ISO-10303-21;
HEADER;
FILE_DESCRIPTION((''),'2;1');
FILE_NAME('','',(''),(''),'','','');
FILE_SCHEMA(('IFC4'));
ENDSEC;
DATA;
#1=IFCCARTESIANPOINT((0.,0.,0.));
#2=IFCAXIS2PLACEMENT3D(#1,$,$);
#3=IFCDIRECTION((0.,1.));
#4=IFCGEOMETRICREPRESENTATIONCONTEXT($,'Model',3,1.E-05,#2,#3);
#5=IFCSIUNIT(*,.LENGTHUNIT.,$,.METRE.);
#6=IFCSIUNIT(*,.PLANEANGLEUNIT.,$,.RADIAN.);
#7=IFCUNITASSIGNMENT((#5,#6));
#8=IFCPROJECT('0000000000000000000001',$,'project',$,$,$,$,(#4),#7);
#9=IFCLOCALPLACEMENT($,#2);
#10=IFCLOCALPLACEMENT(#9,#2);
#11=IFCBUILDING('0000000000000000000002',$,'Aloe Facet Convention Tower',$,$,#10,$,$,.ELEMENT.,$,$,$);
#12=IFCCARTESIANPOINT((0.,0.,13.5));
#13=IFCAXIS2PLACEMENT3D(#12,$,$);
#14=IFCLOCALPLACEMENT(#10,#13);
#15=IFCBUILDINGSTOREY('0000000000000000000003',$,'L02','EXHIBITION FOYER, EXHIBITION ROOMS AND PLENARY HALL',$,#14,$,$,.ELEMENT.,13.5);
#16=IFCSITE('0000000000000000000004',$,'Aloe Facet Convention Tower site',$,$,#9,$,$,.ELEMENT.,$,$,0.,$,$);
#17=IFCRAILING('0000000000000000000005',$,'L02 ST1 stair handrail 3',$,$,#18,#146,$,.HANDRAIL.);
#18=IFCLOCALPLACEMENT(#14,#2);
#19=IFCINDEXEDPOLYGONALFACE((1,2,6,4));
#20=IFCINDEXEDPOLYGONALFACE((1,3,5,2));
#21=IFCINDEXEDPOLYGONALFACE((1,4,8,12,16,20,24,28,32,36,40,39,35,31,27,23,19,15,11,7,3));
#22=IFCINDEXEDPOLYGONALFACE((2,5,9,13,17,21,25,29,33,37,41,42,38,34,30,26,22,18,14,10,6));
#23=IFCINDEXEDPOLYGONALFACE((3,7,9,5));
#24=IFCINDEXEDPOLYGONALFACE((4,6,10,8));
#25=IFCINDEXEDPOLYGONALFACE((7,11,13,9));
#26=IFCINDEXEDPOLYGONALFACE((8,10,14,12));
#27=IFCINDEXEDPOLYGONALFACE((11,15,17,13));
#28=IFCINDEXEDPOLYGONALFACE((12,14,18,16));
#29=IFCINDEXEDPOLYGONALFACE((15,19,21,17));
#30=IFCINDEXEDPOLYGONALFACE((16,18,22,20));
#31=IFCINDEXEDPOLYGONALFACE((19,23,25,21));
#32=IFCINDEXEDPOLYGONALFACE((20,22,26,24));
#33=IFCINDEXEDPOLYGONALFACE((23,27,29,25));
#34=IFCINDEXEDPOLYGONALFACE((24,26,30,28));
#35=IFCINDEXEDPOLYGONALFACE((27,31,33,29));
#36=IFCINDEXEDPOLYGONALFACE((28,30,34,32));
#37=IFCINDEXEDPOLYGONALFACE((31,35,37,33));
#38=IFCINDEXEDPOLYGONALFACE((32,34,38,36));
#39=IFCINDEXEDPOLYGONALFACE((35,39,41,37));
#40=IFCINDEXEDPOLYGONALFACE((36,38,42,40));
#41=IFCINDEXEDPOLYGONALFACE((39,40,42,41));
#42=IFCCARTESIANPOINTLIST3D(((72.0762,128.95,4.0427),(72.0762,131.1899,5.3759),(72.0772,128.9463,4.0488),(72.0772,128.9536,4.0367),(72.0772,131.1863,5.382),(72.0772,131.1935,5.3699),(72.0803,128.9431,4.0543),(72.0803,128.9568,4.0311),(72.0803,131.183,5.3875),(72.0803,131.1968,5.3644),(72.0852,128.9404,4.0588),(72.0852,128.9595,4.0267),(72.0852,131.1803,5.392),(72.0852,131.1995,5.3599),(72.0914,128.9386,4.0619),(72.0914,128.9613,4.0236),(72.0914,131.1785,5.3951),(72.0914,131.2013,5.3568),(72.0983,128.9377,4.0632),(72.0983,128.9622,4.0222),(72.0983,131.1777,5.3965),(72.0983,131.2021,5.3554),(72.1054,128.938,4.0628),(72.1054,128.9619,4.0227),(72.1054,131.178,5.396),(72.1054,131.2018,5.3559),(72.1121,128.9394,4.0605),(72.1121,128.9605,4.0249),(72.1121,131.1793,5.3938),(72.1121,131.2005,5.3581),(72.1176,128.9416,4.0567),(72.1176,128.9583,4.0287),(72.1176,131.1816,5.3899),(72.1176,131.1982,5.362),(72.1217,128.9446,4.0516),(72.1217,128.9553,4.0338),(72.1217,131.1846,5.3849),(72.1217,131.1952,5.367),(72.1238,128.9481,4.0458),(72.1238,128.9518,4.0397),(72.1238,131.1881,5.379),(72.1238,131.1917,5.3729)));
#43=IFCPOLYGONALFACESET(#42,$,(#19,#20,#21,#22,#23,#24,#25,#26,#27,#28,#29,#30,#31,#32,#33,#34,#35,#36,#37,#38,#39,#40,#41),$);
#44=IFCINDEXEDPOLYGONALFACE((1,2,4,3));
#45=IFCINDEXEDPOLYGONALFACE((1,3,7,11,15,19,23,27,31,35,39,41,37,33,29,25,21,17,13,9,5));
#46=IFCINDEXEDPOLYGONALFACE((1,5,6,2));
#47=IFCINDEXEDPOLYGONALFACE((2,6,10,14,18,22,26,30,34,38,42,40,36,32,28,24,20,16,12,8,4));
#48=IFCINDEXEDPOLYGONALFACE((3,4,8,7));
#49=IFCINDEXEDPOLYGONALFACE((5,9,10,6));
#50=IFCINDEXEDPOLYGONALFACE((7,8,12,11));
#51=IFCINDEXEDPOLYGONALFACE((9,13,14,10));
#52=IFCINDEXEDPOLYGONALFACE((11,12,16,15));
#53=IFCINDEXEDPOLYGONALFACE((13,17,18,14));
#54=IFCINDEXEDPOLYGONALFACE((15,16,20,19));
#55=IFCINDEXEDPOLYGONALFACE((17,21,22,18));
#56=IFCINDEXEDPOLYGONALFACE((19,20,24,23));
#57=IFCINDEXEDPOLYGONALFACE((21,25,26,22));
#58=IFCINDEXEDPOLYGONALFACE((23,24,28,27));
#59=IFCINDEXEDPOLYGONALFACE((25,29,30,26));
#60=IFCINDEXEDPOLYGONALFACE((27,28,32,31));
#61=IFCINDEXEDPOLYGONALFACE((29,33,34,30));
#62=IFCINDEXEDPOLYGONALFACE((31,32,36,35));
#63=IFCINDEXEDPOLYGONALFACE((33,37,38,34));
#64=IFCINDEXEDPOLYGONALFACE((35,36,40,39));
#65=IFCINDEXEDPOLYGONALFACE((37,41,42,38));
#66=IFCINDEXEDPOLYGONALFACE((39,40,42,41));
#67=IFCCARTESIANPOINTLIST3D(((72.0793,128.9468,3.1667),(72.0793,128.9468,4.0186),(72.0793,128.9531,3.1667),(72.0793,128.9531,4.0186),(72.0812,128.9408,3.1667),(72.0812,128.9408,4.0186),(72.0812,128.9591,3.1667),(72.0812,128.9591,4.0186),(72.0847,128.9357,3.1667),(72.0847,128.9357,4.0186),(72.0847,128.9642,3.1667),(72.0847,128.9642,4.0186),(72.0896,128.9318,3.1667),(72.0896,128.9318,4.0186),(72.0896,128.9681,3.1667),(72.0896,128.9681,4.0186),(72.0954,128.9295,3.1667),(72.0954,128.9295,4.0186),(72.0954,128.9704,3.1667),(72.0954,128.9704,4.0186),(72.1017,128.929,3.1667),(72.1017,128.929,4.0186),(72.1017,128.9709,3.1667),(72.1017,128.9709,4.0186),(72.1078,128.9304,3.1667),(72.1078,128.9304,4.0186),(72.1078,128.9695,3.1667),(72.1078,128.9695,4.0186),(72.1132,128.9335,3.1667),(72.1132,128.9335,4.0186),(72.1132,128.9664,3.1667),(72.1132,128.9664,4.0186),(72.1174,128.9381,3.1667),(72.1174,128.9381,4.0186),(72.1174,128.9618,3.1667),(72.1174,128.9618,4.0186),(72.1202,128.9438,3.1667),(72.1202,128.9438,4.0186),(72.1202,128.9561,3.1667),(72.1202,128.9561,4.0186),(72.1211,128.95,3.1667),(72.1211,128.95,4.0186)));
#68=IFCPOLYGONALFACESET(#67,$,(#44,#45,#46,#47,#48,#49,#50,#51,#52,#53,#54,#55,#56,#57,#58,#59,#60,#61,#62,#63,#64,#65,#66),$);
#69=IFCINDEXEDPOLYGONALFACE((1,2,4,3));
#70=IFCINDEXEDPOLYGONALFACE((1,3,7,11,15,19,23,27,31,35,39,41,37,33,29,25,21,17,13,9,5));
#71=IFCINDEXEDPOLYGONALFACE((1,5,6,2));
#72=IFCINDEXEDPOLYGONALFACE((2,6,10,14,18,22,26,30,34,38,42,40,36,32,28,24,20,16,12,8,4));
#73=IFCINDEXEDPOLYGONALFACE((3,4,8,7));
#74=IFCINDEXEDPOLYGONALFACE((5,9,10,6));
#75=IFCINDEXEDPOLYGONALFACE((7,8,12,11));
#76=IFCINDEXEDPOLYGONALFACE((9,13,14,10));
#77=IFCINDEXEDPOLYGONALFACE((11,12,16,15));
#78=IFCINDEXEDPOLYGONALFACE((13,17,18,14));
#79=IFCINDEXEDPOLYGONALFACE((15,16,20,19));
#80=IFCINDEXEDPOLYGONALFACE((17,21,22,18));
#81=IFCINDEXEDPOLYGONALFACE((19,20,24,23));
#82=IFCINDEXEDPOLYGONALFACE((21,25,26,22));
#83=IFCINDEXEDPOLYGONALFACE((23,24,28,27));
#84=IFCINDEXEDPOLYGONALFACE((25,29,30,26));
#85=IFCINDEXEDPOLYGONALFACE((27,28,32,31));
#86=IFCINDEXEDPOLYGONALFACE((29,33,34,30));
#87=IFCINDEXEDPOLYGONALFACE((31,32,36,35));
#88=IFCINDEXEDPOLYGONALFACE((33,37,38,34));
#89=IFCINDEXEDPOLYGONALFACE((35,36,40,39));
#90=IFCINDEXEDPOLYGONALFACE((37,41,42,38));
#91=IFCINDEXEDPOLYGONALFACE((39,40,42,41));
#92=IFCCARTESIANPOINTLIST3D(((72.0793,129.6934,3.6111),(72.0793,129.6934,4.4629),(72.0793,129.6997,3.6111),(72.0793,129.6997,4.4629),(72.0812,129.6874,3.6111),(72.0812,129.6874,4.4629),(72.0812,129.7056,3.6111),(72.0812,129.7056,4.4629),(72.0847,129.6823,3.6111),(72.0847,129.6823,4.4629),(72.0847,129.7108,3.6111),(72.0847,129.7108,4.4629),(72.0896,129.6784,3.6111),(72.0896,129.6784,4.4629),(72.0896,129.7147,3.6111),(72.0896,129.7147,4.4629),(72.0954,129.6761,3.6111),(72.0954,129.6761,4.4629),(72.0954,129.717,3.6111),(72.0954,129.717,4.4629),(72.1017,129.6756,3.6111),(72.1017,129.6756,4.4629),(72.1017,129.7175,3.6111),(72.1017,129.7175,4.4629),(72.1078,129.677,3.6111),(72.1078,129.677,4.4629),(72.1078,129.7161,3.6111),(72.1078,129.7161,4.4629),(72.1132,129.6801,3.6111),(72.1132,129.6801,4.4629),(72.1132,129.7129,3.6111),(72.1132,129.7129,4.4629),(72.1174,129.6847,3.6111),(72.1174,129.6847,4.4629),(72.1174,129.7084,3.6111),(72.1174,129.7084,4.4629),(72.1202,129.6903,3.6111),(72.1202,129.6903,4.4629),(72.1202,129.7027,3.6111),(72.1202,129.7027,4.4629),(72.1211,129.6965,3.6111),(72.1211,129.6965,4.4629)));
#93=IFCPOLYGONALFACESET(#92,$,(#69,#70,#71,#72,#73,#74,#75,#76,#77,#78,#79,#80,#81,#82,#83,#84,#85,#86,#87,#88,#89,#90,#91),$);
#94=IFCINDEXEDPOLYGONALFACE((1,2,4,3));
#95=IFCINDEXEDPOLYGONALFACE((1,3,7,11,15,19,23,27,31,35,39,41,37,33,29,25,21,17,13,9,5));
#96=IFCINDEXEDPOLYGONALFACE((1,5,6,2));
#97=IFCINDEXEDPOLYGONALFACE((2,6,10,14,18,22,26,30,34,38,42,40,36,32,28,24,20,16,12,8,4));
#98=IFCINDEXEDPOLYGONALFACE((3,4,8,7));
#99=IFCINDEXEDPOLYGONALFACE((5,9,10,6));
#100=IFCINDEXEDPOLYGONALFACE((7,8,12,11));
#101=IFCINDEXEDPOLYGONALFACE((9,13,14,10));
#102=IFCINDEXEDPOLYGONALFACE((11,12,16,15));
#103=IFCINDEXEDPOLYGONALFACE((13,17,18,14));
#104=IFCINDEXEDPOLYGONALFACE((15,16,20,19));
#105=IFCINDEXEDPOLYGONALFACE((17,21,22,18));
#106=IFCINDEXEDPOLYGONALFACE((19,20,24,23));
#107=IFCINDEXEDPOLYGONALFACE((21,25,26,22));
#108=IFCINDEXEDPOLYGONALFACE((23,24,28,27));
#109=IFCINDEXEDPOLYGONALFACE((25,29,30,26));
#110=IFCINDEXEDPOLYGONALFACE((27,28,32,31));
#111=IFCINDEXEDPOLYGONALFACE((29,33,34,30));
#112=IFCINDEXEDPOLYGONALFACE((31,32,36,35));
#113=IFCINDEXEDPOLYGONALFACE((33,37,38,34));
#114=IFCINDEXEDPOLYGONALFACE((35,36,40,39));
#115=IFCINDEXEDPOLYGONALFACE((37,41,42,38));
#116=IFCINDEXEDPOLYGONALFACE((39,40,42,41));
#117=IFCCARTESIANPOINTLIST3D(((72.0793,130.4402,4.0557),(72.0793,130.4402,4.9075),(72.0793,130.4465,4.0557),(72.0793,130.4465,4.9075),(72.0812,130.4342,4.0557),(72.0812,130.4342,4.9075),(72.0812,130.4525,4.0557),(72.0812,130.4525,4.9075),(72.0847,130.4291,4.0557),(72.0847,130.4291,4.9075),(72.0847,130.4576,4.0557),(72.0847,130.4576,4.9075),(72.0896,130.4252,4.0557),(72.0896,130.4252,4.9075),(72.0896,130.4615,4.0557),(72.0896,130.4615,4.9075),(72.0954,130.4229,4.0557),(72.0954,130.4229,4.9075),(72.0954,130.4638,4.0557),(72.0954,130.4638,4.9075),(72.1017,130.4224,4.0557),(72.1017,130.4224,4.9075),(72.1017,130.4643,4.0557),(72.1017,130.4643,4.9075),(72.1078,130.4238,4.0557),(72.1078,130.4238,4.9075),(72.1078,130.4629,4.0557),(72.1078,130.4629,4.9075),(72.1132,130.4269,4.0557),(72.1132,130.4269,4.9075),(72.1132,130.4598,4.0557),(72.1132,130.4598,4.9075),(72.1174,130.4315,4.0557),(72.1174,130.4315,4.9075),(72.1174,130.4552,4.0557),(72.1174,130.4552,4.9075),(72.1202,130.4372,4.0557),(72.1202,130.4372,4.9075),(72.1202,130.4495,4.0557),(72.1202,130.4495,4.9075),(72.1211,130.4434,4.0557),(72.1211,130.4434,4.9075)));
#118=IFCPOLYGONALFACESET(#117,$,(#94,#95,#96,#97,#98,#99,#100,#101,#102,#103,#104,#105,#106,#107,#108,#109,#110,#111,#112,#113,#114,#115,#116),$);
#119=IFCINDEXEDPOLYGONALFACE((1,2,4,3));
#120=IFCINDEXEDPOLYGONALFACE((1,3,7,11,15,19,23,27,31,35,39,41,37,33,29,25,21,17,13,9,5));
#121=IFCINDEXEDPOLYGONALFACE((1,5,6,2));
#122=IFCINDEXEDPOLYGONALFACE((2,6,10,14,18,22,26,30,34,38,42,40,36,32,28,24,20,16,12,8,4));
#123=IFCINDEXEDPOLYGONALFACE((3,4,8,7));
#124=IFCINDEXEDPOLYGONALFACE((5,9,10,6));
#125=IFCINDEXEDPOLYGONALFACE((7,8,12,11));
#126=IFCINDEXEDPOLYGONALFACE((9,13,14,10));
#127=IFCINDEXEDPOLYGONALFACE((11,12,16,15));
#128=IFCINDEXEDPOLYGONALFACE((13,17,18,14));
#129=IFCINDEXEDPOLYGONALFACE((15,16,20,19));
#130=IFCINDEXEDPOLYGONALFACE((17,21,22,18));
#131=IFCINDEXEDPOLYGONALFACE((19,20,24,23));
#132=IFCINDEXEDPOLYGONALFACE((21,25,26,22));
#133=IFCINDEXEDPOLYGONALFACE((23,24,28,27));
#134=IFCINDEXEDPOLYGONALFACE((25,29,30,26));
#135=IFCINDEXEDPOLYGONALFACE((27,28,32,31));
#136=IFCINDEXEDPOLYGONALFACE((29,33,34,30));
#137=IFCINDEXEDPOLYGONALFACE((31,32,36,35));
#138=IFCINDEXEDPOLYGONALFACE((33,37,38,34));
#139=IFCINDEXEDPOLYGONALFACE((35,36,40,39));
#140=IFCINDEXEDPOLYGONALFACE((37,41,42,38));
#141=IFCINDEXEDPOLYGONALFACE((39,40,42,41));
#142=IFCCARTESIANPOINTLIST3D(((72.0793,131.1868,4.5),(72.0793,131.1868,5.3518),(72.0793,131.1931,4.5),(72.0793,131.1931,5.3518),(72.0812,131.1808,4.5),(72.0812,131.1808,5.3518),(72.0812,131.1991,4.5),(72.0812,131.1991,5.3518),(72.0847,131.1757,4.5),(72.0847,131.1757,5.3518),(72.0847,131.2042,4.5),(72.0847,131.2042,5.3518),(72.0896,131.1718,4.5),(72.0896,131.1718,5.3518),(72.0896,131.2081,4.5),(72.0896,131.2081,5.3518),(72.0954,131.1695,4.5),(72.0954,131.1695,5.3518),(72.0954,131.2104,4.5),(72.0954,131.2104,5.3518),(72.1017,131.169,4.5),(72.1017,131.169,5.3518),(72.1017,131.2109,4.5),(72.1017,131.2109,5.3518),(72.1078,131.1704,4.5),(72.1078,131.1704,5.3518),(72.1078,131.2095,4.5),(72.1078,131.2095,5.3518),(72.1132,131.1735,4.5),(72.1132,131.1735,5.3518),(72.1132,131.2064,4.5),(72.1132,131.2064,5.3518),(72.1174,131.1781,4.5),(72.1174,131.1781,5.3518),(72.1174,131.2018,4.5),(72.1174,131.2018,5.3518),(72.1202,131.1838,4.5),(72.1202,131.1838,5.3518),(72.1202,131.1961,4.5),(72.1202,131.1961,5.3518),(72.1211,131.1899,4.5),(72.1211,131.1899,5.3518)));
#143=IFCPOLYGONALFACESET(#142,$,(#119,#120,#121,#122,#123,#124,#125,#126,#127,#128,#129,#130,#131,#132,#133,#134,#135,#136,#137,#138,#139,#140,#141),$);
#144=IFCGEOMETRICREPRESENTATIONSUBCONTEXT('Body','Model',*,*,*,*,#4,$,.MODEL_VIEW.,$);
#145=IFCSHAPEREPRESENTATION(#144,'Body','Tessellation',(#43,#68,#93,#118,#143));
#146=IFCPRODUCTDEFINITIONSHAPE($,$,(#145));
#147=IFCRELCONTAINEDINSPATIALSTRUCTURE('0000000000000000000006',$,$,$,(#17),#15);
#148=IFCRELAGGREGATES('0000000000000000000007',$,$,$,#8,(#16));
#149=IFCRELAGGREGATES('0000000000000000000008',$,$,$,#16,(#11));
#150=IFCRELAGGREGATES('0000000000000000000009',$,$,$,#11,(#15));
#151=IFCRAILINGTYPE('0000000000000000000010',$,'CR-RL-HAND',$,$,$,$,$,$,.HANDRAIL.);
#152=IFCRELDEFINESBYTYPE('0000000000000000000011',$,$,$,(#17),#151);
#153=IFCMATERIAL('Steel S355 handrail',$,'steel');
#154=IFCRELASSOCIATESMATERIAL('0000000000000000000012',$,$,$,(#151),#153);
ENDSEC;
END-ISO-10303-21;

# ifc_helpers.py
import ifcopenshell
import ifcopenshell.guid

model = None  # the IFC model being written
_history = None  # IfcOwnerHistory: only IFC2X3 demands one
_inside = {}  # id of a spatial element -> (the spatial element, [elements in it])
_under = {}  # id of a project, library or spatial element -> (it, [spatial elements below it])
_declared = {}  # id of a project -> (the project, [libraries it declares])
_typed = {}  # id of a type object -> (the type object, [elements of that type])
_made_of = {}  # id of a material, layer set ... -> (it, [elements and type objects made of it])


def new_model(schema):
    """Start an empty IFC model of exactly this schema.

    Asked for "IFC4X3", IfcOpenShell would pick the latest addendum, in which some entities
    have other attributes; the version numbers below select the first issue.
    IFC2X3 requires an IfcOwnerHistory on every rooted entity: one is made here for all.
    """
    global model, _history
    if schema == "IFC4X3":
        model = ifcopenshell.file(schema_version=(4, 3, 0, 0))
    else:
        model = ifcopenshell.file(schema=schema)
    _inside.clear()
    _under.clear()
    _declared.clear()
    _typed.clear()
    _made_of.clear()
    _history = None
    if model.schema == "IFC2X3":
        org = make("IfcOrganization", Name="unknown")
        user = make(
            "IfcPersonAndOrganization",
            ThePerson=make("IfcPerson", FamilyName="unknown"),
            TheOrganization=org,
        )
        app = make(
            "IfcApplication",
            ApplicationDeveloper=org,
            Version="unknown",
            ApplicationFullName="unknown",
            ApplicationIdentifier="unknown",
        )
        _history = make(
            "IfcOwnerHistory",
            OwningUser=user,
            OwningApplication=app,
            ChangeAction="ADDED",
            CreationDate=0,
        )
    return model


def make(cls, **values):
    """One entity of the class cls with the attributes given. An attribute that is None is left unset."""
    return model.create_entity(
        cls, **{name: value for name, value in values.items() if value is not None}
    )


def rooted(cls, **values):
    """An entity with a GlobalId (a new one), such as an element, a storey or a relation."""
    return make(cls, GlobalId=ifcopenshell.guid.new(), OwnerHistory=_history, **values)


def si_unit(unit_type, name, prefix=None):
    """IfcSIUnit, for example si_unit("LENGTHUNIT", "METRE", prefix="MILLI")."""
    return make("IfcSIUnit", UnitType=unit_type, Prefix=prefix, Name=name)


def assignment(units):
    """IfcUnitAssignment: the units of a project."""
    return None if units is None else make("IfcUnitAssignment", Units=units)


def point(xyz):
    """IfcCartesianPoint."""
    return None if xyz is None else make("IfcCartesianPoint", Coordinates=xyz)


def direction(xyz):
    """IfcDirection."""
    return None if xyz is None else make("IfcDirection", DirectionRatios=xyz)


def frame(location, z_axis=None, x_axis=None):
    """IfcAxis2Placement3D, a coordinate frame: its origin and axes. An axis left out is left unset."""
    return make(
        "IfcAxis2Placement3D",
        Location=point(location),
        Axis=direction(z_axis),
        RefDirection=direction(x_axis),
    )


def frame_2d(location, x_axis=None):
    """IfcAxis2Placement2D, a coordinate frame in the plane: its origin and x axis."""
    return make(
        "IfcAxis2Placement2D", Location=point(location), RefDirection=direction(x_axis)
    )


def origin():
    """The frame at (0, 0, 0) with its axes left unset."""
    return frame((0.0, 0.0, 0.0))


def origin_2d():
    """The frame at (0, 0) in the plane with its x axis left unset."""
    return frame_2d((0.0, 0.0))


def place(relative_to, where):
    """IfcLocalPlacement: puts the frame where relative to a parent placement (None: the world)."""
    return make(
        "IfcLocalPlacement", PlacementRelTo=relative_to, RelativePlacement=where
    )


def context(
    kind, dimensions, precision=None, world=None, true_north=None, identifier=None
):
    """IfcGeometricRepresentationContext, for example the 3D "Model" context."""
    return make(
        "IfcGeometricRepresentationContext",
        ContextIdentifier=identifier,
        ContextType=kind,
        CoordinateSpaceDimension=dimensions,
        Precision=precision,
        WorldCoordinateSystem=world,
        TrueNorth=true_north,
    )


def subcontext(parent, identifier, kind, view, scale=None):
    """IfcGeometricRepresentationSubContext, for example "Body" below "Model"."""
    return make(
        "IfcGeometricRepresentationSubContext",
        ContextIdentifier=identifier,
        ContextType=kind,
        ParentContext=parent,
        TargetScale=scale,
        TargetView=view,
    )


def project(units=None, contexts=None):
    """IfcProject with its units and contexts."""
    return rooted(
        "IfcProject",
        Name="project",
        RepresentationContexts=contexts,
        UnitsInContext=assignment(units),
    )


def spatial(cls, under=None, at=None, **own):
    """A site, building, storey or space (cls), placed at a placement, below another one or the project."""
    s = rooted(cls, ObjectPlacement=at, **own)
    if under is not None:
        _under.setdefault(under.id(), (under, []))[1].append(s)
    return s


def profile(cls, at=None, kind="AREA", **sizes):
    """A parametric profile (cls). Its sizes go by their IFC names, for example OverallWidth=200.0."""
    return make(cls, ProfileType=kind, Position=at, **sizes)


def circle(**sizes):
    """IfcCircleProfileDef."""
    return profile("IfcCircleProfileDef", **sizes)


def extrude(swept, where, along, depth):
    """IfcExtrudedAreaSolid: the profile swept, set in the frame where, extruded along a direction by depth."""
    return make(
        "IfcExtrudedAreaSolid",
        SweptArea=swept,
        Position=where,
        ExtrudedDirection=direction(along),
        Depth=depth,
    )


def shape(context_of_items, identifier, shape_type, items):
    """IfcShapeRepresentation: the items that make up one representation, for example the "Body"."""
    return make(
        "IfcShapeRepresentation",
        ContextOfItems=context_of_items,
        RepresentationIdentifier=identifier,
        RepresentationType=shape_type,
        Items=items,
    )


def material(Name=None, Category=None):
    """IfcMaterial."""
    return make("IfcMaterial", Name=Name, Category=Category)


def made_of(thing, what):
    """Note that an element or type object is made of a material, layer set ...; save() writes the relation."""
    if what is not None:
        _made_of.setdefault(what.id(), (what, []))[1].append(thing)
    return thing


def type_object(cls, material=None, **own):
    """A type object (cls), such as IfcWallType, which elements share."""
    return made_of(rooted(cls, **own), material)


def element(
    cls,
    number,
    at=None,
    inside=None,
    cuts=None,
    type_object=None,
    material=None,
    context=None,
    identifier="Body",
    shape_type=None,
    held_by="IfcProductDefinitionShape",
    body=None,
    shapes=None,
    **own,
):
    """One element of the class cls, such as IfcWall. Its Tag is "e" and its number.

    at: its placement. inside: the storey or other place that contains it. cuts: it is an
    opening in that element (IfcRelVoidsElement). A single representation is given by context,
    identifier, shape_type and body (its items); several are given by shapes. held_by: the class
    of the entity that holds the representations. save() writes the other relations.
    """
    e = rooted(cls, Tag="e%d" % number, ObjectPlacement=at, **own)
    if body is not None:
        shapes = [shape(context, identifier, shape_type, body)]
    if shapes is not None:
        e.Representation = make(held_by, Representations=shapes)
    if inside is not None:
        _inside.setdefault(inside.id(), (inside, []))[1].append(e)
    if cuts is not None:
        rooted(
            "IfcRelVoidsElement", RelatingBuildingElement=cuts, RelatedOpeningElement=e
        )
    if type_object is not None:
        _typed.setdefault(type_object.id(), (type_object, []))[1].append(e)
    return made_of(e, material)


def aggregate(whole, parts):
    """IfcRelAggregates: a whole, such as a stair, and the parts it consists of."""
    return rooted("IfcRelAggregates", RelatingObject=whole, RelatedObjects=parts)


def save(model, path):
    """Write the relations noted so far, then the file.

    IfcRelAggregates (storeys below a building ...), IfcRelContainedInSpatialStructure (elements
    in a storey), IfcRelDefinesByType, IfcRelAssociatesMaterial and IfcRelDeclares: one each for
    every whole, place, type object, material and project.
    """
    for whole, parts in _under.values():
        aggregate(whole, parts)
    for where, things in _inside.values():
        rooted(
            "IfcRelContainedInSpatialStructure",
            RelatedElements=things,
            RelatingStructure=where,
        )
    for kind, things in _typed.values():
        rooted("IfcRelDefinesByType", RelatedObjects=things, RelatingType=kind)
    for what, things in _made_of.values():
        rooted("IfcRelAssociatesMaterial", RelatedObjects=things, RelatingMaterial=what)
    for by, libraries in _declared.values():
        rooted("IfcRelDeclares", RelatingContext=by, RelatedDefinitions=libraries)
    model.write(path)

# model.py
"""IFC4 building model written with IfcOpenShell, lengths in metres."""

from ifc_helpers import new_model, si_unit, direction, frame, origin, origin_2d, place, context, subcontext, project, spatial, circle, extrude, material, type_object, element, save


model = new_model("IFC4")

# Units and contexts
model_context = context("Model", 3, precision=1e-05, world=origin(), true_north=direction((0.0, 1.0)))
body_context = subcontext(model_context, "Body", "Model", "MODEL_VIEW")
ifc_project = project(units=[si_unit("LENGTHUNIT", "METRE"), si_unit("PLANEANGLEUNIT", "RADIAN")], contexts=[model_context])

# Site, building, storey
site_placement = place(None, origin())
site = spatial("IfcSite", under=ifc_project, at=site_placement, Name="Aloe Facet Convention Tower site", CompositionType="ELEMENT", RefElevation=0.0)
building_placement = place(site_placement, origin())
building = spatial("IfcBuilding", under=site, at=building_placement, Name="Aloe Facet Convention Tower", CompositionType="ELEMENT")
storey_placement = place(building_placement, frame((0.0, 0.0, 13.5)))
storey = spatial("IfcBuildingStorey", under=building, at=storey_placement, Name="L02", Description="EXHIBITION FOYER, EXHIBITION ROOMS AND PLENARY HALL", CompositionType="ELEMENT", Elevation=13.5)

# Railing
ifc_material_1 = material(Name="Steel S355 handrail", Category="steel")
railing_type_1 = type_object("IfcRailingType", Name="CR-RL-HAND", PredefinedType="HANDRAIL", material=ifc_material_1)
for number, where, name in (
    (1, (72.1001, 128.95, 3.1667), "L02 ST1 stair handrail 3"),
):
    element("IfcRailing", number, at=place(storey_placement, frame(where)), inside=storey, type_object=railing_type_1, Name=name, PredefinedType="HANDRAIL", context=body_context, shape_type="SweptSolid", body=[
        extrude(circle(Radius=0.0239, at=origin_2d()), frame((0.0, 0.0, 0.876), z_axis=(0.0, 0.859306, 0.511462), x_axis=(-1.0, 0.0, 0.0)), (0.0, 0.0, 1.0), 2.6067),
        extrude(circle(Radius=0.021, at=origin_2d()), origin(), (0.0, 0.0, 1.0), 0.8518),
        extrude(circle(Radius=0.021, at=origin_2d()), frame((0.0, 0.7466, 0.4443)), (0.0, 0.0, 1.0), 0.8518),
        extrude(circle(Radius=0.021, at=origin_2d()), frame((0.0, 1.4934, 0.8889)), (0.0, 0.0, 1.0), 0.8518),
        extrude(circle(Radius=0.021, at=origin_2d()), frame((0.0, 2.24, 1.3333)), (0.0, 0.0, 1.0), 0.8518),
    ])

save(model, "model.ifc")
